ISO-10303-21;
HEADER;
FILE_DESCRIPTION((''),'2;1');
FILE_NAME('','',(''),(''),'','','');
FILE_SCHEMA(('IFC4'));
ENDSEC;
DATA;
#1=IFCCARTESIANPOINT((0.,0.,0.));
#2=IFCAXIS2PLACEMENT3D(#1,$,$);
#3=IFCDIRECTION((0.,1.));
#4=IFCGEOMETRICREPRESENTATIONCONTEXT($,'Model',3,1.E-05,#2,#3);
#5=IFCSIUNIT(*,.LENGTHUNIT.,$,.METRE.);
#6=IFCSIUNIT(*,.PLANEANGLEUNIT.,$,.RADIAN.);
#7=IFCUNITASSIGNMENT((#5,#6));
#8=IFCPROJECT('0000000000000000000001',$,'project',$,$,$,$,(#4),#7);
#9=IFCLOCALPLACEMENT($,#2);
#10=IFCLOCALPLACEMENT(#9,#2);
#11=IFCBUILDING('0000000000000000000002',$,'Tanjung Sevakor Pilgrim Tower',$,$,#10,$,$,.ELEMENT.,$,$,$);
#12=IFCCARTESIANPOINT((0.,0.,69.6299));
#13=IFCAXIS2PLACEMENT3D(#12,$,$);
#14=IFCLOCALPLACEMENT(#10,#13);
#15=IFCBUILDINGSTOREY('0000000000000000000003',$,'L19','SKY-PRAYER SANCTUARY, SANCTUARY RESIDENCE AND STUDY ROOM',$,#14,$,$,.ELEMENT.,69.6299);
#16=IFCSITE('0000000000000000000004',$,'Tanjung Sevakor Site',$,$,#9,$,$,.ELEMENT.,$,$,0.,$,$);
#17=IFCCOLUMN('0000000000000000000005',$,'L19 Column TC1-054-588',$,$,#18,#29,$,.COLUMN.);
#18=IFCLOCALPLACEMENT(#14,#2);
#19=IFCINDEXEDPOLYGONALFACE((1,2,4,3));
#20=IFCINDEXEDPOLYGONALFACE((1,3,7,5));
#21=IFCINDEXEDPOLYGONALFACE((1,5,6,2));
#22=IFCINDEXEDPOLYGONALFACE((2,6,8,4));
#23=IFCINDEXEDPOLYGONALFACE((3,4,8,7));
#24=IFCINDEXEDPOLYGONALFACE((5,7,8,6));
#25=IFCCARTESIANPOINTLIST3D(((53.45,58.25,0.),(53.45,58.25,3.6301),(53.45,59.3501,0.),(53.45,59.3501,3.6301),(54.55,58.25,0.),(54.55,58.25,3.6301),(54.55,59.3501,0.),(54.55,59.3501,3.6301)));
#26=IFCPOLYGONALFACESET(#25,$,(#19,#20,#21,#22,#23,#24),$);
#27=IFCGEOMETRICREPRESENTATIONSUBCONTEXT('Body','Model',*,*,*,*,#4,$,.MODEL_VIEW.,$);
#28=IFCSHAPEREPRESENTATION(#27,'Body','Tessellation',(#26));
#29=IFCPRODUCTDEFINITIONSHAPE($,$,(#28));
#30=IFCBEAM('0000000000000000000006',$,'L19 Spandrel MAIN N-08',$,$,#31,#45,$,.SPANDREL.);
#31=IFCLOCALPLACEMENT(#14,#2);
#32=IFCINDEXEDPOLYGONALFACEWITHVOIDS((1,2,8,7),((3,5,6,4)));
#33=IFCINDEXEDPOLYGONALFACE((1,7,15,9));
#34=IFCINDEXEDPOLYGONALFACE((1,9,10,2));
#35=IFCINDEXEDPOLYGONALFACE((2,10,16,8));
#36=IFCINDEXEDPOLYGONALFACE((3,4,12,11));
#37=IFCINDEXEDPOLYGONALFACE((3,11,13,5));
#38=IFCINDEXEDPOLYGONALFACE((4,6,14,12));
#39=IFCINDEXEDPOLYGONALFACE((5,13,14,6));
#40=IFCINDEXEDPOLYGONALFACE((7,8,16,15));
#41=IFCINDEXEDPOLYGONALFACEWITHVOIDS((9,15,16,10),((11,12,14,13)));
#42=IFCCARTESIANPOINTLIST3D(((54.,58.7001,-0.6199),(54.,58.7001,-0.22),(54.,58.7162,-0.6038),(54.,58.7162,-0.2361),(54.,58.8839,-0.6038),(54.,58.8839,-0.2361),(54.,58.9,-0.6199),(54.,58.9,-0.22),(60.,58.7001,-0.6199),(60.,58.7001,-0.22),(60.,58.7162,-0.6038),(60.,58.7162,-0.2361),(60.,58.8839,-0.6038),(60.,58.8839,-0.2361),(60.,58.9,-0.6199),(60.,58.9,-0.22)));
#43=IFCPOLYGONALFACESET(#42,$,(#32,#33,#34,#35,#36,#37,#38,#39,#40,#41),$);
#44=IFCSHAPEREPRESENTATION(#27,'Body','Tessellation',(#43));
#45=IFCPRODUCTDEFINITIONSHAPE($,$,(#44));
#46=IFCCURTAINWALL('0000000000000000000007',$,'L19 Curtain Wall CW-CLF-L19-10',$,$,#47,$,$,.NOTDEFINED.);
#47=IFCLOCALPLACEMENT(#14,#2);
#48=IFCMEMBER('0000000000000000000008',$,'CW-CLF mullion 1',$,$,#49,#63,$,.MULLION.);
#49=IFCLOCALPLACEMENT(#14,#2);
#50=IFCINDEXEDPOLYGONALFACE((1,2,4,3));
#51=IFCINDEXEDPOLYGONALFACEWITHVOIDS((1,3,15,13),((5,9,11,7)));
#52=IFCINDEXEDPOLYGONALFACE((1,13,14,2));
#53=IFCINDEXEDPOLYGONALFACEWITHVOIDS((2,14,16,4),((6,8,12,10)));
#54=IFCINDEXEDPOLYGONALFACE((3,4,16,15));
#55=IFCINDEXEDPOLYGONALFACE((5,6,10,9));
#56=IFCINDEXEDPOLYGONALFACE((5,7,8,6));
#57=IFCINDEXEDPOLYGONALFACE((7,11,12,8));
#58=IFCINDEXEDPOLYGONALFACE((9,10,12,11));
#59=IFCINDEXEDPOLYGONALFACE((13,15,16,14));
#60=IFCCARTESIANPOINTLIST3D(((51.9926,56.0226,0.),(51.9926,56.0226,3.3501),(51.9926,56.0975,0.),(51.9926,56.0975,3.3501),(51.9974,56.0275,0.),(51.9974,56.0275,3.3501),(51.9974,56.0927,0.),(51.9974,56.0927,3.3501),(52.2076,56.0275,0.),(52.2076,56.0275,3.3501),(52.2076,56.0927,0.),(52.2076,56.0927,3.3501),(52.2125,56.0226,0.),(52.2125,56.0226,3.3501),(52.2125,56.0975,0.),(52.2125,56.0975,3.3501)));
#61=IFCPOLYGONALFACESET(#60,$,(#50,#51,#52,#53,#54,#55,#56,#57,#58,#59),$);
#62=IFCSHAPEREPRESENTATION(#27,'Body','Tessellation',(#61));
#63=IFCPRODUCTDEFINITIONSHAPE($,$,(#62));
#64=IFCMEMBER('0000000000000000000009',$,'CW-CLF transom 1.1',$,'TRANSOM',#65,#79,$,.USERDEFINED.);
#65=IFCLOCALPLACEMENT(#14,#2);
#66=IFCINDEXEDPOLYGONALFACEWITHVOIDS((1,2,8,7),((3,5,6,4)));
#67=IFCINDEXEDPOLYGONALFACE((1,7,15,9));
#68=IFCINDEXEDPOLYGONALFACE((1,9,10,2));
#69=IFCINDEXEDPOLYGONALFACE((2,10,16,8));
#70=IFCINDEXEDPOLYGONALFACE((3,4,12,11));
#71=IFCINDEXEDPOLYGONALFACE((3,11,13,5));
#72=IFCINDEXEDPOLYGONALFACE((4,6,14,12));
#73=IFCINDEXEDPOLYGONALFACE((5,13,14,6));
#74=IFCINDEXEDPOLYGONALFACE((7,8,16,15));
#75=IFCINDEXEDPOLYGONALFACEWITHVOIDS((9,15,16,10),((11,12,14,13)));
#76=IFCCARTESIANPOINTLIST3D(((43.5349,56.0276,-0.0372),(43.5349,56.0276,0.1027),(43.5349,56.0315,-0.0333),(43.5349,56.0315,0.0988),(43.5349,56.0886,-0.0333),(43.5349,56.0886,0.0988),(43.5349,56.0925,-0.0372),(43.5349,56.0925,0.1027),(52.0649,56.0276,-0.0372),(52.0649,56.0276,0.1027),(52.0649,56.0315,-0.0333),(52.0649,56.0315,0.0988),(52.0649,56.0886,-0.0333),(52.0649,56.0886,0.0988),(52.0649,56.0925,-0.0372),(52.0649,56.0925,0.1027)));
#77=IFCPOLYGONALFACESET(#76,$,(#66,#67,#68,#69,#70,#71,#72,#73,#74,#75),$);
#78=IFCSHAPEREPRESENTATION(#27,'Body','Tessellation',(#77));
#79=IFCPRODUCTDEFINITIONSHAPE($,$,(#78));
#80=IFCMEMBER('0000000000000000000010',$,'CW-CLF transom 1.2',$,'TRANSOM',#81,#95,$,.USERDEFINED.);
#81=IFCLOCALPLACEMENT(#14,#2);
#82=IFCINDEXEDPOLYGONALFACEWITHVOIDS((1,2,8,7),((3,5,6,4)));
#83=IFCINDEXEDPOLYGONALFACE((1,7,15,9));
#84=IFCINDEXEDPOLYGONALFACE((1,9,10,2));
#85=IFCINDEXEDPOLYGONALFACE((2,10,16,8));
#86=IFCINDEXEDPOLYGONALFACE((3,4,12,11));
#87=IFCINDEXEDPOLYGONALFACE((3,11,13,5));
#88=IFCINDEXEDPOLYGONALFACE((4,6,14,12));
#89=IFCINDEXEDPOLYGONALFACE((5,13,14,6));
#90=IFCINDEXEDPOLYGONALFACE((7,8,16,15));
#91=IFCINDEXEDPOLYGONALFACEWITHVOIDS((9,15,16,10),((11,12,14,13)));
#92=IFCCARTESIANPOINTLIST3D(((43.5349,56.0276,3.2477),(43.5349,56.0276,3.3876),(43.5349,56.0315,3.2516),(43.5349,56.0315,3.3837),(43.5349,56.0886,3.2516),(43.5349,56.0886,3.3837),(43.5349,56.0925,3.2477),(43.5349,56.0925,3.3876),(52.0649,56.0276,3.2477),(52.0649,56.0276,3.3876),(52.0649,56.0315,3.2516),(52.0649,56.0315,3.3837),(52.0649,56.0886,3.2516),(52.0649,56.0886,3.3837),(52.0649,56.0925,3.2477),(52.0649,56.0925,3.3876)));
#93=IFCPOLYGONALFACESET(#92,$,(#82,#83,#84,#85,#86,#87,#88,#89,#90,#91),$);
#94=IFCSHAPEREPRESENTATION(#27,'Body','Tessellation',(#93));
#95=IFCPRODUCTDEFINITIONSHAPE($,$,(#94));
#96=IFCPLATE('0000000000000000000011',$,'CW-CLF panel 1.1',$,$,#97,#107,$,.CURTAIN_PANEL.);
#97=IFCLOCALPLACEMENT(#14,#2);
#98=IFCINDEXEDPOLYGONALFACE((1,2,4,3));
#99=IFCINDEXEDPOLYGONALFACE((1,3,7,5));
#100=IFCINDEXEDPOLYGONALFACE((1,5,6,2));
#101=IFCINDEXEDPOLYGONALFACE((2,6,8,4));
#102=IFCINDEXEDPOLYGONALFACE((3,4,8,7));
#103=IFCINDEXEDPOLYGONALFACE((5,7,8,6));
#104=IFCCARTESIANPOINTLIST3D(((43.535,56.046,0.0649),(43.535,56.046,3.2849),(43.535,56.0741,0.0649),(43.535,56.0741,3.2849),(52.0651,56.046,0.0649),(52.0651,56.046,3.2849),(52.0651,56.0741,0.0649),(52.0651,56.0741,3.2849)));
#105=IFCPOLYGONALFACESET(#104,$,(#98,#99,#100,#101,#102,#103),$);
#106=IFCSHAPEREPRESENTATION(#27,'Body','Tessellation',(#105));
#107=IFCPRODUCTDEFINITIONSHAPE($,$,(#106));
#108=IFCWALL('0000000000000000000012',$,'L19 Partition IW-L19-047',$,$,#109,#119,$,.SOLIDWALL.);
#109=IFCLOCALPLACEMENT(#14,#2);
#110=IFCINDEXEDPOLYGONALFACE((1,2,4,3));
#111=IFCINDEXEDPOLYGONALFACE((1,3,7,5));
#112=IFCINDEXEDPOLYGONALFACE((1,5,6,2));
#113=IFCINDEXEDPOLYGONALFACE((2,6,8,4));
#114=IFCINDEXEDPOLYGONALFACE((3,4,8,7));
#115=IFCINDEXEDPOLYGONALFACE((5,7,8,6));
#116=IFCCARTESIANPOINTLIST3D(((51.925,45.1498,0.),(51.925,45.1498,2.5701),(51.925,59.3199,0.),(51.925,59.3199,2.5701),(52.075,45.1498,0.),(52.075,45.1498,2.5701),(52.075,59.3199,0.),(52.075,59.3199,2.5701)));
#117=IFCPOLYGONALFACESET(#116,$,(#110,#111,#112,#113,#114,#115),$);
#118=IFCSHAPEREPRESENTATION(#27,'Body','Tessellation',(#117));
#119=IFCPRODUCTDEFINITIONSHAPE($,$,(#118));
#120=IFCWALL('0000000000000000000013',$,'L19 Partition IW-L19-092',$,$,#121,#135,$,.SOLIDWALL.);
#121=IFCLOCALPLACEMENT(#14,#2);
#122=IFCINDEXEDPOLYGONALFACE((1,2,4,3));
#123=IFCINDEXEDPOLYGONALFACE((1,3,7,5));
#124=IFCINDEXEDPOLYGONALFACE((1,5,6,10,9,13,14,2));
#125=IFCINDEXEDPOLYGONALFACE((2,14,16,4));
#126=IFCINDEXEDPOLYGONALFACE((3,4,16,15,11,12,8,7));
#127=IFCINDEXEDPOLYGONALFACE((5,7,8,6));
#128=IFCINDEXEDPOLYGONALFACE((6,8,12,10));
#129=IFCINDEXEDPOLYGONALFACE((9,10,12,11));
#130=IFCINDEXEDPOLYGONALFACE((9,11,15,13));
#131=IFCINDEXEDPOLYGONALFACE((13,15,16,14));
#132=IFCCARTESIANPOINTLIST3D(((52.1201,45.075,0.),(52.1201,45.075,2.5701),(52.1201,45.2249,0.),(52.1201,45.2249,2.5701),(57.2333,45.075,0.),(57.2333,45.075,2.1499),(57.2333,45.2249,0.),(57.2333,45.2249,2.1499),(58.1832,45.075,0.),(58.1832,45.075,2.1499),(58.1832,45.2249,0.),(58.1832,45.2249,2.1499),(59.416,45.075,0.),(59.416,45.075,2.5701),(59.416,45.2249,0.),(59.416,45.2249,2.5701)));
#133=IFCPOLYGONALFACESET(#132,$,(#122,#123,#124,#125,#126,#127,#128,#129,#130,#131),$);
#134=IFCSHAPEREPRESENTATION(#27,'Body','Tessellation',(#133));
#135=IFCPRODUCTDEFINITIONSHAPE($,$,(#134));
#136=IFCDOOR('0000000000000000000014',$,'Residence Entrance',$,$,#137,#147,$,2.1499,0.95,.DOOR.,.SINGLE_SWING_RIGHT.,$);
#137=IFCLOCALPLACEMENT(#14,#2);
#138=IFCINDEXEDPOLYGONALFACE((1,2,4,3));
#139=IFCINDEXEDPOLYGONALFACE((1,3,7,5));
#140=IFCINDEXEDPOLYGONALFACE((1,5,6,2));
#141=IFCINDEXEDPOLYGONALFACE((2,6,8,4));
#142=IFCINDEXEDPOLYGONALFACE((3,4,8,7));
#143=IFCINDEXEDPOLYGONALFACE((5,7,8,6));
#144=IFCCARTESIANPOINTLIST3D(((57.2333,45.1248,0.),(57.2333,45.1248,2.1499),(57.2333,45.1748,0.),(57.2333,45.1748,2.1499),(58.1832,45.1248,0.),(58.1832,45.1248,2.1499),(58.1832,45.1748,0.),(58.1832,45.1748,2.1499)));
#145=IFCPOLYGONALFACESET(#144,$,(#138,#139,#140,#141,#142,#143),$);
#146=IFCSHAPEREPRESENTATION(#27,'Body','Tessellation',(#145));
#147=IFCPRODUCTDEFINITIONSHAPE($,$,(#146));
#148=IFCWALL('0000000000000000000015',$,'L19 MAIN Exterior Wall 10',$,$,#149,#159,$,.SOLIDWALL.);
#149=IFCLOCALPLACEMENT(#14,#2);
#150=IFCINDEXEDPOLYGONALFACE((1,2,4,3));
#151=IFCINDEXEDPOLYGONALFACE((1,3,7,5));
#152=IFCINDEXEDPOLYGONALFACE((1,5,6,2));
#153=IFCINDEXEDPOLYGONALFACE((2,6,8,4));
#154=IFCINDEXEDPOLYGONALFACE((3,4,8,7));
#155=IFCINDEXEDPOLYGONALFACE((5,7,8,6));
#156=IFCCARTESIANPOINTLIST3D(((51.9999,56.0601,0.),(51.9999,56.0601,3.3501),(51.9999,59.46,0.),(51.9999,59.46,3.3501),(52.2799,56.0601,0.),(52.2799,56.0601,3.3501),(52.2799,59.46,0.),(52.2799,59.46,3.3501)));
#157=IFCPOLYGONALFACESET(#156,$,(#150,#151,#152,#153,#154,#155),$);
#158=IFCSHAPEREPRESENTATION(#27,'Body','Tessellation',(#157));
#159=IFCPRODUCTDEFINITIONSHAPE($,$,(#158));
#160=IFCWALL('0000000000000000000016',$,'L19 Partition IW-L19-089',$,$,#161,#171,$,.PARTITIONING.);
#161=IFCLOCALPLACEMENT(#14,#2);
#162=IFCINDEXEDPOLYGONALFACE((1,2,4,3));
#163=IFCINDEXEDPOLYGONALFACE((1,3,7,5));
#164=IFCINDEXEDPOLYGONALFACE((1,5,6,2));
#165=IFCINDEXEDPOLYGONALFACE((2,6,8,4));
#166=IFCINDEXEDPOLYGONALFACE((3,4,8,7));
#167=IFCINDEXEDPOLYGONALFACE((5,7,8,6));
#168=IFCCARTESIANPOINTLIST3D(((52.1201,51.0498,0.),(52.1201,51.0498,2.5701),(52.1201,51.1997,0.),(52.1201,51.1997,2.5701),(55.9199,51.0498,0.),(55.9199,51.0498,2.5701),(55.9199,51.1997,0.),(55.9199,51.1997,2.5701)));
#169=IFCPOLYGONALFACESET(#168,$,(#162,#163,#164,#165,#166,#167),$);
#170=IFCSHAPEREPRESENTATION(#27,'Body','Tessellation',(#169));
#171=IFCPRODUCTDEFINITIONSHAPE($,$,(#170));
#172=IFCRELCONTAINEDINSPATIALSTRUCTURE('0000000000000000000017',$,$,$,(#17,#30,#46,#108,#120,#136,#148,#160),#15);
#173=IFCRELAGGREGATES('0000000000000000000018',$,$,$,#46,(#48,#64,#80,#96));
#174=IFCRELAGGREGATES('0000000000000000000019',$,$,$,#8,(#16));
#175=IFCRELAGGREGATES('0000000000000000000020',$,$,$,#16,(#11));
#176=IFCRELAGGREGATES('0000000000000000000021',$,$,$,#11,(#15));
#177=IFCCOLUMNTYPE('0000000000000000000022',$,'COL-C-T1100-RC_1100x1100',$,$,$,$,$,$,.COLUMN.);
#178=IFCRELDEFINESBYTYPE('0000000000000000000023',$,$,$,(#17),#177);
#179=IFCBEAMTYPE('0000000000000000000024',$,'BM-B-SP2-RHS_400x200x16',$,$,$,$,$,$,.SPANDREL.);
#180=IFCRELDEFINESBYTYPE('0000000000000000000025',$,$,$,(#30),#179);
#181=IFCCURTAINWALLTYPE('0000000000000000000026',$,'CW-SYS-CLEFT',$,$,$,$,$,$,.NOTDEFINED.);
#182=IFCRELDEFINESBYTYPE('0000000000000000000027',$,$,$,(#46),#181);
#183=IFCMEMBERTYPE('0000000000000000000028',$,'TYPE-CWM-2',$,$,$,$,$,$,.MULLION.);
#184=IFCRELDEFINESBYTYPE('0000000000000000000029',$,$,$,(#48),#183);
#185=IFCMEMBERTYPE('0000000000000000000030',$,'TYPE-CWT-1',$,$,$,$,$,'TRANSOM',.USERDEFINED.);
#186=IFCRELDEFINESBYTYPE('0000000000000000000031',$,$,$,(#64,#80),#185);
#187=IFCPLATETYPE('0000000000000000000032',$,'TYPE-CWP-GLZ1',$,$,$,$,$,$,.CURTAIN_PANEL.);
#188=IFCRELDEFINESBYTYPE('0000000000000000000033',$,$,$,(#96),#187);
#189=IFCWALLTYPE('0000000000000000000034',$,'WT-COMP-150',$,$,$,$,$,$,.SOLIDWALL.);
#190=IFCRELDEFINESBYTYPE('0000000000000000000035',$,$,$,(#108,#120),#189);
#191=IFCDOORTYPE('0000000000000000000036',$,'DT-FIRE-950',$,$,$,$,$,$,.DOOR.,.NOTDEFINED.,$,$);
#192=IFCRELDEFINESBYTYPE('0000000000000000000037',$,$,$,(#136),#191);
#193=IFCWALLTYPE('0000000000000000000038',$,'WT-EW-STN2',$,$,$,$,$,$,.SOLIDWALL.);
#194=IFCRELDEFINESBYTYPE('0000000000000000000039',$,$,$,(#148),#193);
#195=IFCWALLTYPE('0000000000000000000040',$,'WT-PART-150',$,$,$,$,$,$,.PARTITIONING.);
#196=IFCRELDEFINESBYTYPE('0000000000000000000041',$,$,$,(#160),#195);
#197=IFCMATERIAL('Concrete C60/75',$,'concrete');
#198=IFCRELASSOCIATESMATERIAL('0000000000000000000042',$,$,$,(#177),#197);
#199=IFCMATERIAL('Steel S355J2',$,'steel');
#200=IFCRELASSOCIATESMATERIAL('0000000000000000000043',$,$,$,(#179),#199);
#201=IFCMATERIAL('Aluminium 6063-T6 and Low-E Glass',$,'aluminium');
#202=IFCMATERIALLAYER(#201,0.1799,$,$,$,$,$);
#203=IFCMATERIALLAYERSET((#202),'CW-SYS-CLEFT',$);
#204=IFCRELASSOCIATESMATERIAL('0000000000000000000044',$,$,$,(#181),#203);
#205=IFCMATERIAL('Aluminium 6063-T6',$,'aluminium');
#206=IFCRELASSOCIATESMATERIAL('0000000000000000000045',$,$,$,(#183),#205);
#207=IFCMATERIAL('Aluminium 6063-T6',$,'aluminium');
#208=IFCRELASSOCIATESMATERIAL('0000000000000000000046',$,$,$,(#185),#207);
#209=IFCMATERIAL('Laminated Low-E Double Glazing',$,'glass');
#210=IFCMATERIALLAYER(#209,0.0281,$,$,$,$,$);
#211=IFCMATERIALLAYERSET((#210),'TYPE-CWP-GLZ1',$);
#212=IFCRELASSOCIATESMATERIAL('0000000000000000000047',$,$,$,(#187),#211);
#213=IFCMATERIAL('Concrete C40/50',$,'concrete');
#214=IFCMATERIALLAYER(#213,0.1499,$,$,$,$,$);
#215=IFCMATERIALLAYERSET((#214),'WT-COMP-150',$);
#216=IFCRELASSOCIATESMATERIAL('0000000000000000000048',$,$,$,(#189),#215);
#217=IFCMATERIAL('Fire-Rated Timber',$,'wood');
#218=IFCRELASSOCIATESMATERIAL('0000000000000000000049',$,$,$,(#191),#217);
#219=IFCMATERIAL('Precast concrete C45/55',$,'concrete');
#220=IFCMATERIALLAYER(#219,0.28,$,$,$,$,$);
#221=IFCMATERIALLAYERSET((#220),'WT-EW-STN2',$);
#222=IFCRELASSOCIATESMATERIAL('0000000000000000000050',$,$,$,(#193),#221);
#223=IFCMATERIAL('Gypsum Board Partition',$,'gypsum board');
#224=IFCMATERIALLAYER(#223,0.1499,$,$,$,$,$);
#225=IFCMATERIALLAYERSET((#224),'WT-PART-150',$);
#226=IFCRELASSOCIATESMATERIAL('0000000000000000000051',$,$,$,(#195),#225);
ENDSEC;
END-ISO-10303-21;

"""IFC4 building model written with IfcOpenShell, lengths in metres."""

from ifc_helpers import new_model, si_unit, direction, frame, frame_2d, origin, origin_2d, place, context, subcontext, project, spatial, rectangle, hollow_rectangle, extrude, material, layer, layer_set, material_profile, profile_set, type_object, element, fill, aggregate, save


model = new_model("IFC4")

# Units and contexts
model_context = context("Model", 3, precision=1e-05, world=origin(), true_north=direction((0.0, 1.0)))
body_context = subcontext(model_context, "Body", "Model", "MODEL_VIEW")
ifc_project = project(units=[si_unit("LENGTHUNIT", "METRE"), si_unit("PLANEANGLEUNIT", "RADIAN")], contexts=[model_context])

# Site, building, storey
site_placement = place(None, origin())
site = spatial("IfcSite", under=ifc_project, at=site_placement, Name="Tanjung Sevakor Site", CompositionType="ELEMENT", RefElevation=0.0)
building_placement = place(site_placement, origin())
building = spatial("IfcBuilding", under=site, at=building_placement, Name="Tanjung Sevakor Pilgrim Tower", CompositionType="ELEMENT")
storey_placement = place(building_placement, frame((0.0, 0.0, 69.6299)))
storey = spatial("IfcBuildingStorey", under=building, at=storey_placement, Name="L19", Description="SKY-PRAYER SANCTUARY, SANCTUARY RESIDENCE AND STUDY ROOM", CompositionType="ELEMENT", Elevation=69.6299)

# Column
ifc_material_1 = material(Name="Concrete C60/75", Category="concrete")
ifc_material_profile_1 = material_profile(ifc_material_1, rectangle(XDim=1.1001, YDim=1.1001, at=origin_2d()))
ifc_profile_set_1 = profile_set([ifc_material_profile_1], Name="Concrete C60/75")
column_type = type_object("IfcColumnType", Name="COL-C-T1100-RC_1100x1100", PredefinedType="COLUMN", material=ifc_profile_set_1)
column_placement = place(storey_placement, frame((54.0, 58.8, 0.0), z_axis=(0.0, 0.0, 1.0), x_axis=(1.0, 0.0, 0.0)))
element("IfcColumn", 1, at=column_placement, inside=storey, type_object=column_type, Name="L19 Column TC1-054-588", PredefinedType="COLUMN", context=body_context, shape_type="SweptSolid", body=[
    extrude(rectangle(XDim=1.1001, YDim=1.1001, at=origin_2d()), origin(), (0.0, 0.0, 1.0), 3.6301),
])

# Beam
ifc_material_2 = material(Name="Steel S355J2", Category="steel")
ifc_material_profile_2 = material_profile(ifc_material_2, hollow_rectangle(XDim=0.2, YDim=0.3999, WallThickness=0.0161, at=origin_2d()))
ifc_profile_set_2 = profile_set([ifc_material_profile_2], Name="Steel S355J2")
beam_type = type_object("IfcBeamType", Name="BM-B-SP2-RHS_400x200x16", PredefinedType="SPANDREL", material=ifc_profile_set_2)
beam_placement = place(storey_placement, frame((54.0, 58.8, -0.4199), z_axis=(1.0, 0.0, 0.0), x_axis=(0.0, 1.0, 0.0)))
element("IfcBeam", 2, at=beam_placement, inside=storey, type_object=beam_type, Name="L19 Spandrel MAIN N-08", PredefinedType="SPANDREL", context=body_context, shape_type="SweptSolid", body=[
    extrude(hollow_rectangle(XDim=0.2, YDim=0.3999, WallThickness=0.0161, at=origin_2d()), origin(), (0.0, 0.0, 1.0), 6.0),
])

# Curtain wall, members, plate
ifc_material_3 = material(Name="Aluminium 6063-T6 and Low-E Glass", Category="aluminium")
ifc_layer_1 = layer(ifc_material_3, 0.1799)
ifc_layer_set_1 = layer_set([ifc_layer_1], Name="CW-SYS-CLEFT")
curtain_wall_type = type_object("IfcCurtainWallType", Name="CW-SYS-CLEFT", PredefinedType="NOTDEFINED", material=ifc_layer_set_1)
curtain_wall_placement = place(storey_placement, origin())
curtain_wall = element("IfcCurtainWall", 3, at=curtain_wall_placement, inside=storey, type_object=curtain_wall_type, Name="L19 Curtain Wall CW-CLF-L19-10", PredefinedType="NOTDEFINED")
ifc_material_4 = material(Name="Aluminium 6063-T6", Category="aluminium")
ifc_material_profile_3 = material_profile(ifc_material_4, hollow_rectangle(XDim=0.075, YDim=0.22, WallThickness=0.0049, at=origin_2d()))
ifc_profile_set_3 = profile_set([ifc_material_profile_3], Name="Aluminium 6063-T6")
member_type_1 = type_object("IfcMemberType", Name="TYPE-CWM-2", PredefinedType="MULLION", material=ifc_profile_set_3)
member_1_placement = place(storey_placement, frame((52.1025, 56.0601, 0.0), z_axis=(0.0, 0.0, 1.0), x_axis=(0.0, -1.0, 0.0)))
member_1 = element("IfcMember", 4, at=member_1_placement, type_object=member_type_1, Name="CW-CLF mullion 1", PredefinedType="MULLION", context=body_context, shape_type="SweptSolid", body=[
    extrude(hollow_rectangle(XDim=0.075, YDim=0.22, WallThickness=0.0049, at=origin_2d()), origin(), (0.0, 0.0, 1.0), 3.3501),
])
ifc_material_5 = material(Name="Aluminium 6063-T6", Category="aluminium")
ifc_material_profile_4 = material_profile(ifc_material_5, hollow_rectangle(XDim=0.0649, YDim=0.1399, WallThickness=0.0039, at=origin_2d()))
ifc_profile_set_4 = profile_set([ifc_material_profile_4], Name="Aluminium 6063-T6")
member_type_2 = type_object("IfcMemberType", Name="TYPE-CWT-1", ElementType="TRANSOM", PredefinedType="USERDEFINED", material=ifc_profile_set_4)
member_2_placement = place(storey_placement, frame((52.0649, 56.0601, 0.0327), z_axis=(-1.0, 0.0, 0.0), x_axis=(0.0, -1.0, 0.0)))
member_2 = element("IfcMember", 5, at=member_2_placement, type_object=member_type_2, Name="CW-CLF transom 1.1", ObjectType="TRANSOM", PredefinedType="USERDEFINED", context=body_context, shape_type="SweptSolid", body=[
    extrude(hollow_rectangle(XDim=0.0649, YDim=0.1399, WallThickness=0.0039, at=origin_2d()), origin(), (0.0, 0.0, 1.0), 8.53),
])
member_3_placement = place(storey_placement, frame((52.0649, 56.0601, 3.3176), z_axis=(-1.0, 0.0, 0.0), x_axis=(0.0, -1.0, 0.0)))
member_3 = element("IfcMember", 6, at=member_3_placement, type_object=member_type_2, Name="CW-CLF transom 1.2", ObjectType="TRANSOM", PredefinedType="USERDEFINED", context=body_context, shape_type="SweptSolid", body=[
    extrude(hollow_rectangle(XDim=0.0649, YDim=0.1399, WallThickness=0.0039, at=origin_2d()), origin(), (0.0, 0.0, 1.0), 8.53),
])
ifc_material_6 = material(Name="Laminated Low-E Double Glazing", Category="glass")
ifc_layer_2 = layer(ifc_material_6, 0.0281)
ifc_layer_set_2 = layer_set([ifc_layer_2], Name="TYPE-CWP-GLZ1")
plate_type = type_object("IfcPlateType", Name="TYPE-CWP-GLZ1", PredefinedType="CURTAIN_PANEL", material=ifc_layer_set_2)
plate_placement = place(storey_placement, frame((47.8, 56.0601, 0.0649), z_axis=(0.0, 0.0, 1.0), x_axis=(-1.0, 0.0, 0.0)))
plate = element("IfcPlate", 7, at=plate_placement, type_object=plate_type, Name="CW-CLF panel 1.1", PredefinedType="CURTAIN_PANEL", context=body_context, shape_type="SweptSolid", body=[
    extrude(rectangle(XDim=8.53, YDim=0.0281, at=origin_2d()), origin(), (0.0, 0.0, 1.0), 3.22),
])
aggregate(curtain_wall, [member_1, member_2, member_3, plate])

# Wall
ifc_material_7 = material(Name="Concrete C40/50", Category="concrete")
ifc_layer_3 = layer(ifc_material_7, 0.1499)
ifc_layer_set_3 = layer_set([ifc_layer_3], Name="WT-COMP-150")
wall_type_1 = type_object("IfcWallType", Name="WT-COMP-150", PredefinedType="SOLIDWALL", material=ifc_layer_set_3)
wall_1_placement = place(storey_placement, frame((52.0, 45.1499, 0.0), z_axis=(0.0, 0.0, 1.0), x_axis=(0.0, 1.0, 0.0)))
element("IfcWall", 8, at=wall_1_placement, inside=storey, type_object=wall_type_1, Name="L19 Partition IW-L19-047", PredefinedType="SOLIDWALL", context=body_context, shape_type="SweptSolid", body=[
    extrude(rectangle(XDim=14.1702, YDim=0.1499, at=frame_2d((7.085, 0.0))), origin(), (0.0, 0.0, 1.0), 2.5701),
])

# Wall, opening, door
wall_2_placement = place(storey_placement, frame((52.1201, 45.1499, 0.0), z_axis=(0.0, 0.0, 1.0), x_axis=(1.0, 0.0, 0.0)))
wall_2 = element("IfcWall", 9, at=wall_2_placement, inside=storey, type_object=wall_type_1, Name="L19 Partition IW-L19-092", PredefinedType="SOLIDWALL", context=body_context, shape_type="SweptSolid", body=[
    extrude(rectangle(XDim=7.2959, YDim=0.1499, at=frame_2d((3.6479, 0.0))), origin(), (0.0, 0.0, 1.0), 2.5701),
])
opening_1_placement = place(wall_2_placement, frame((5.113, 0.0, 0.0)))
opening_1 = element("IfcOpeningElement", 10, at=opening_1_placement, cuts=wall_2, PredefinedType="OPENING", context=body_context, shape_type="SweptSolid", body=[
    extrude(rectangle(XDim=0.95, YDim=2.1499, at=frame_2d((0.4751, 1.075))), frame((0.0, 0.085, 0.0), z_axis=(0.0, -1.0, 0.0), x_axis=(1.0, 0.0, 0.0)), (0.0, 0.0, 1.0), 0.1699),
])
ifc_material_8 = material(Name="Fire-Rated Timber", Category="wood")
door_type_1 = type_object("IfcDoorType", Name="DT-FIRE-950", OperationType="NOTDEFINED", PredefinedType="DOOR", material=ifc_material_8)
door_1_placement = place(opening_1_placement, origin())
door_1 = element("IfcDoor", 11, at=door_1_placement, inside=storey, type_object=door_type_1, Name="Residence Entrance", OperationType="SINGLE_SWING_RIGHT", OverallHeight=2.1499, OverallWidth=0.95, PredefinedType="DOOR", context=body_context, shape_type="SweptSolid", body=[
    extrude(rectangle(XDim=0.95, YDim=2.1499, at=frame_2d((0.4751, 1.075))), frame((0.0, 0.0249, 0.0), z_axis=(0.0, -1.0, 0.0), x_axis=(1.0, 0.0, 0.0)), (0.0, 0.0, 1.0), 0.05),
])
fill(opening_1, door_1)

# Walls
ifc_material_9 = material(Name="Precast concrete C45/55", Category="concrete")
ifc_layer_4 = layer(ifc_material_9, 0.28)
ifc_layer_set_4 = layer_set([ifc_layer_4], Name="WT-EW-STN2")
wall_type_2 = type_object("IfcWallType", Name="WT-EW-STN2", PredefinedType="SOLIDWALL", material=ifc_layer_set_4)
wall_3_placement = place(storey_placement, frame((52.1399, 59.46, 0.0), z_axis=(0.0, 0.0, 1.0), x_axis=(0.0, -1.0, 0.0)))
element("IfcWall", 12, at=wall_3_placement, inside=storey, type_object=wall_type_2, Name="L19 MAIN Exterior Wall 10", PredefinedType="SOLIDWALL", context=body_context, shape_type="SweptSolid", body=[
    extrude(rectangle(XDim=3.3999, YDim=0.28, at=frame_2d((1.7, 0.0))), origin(), (0.0, 0.0, 1.0), 3.3501),
])
ifc_material_10 = material(Name="Gypsum Board Partition", Category="gypsum board")
ifc_layer_5 = layer(ifc_material_10, 0.1499)
ifc_layer_set_5 = layer_set([ifc_layer_5], Name="WT-PART-150")
wall_type_3 = type_object("IfcWallType", Name="WT-PART-150", PredefinedType="PARTITIONING", material=ifc_layer_set_5)
wall_4_placement = place(storey_placement, frame((52.1201, 51.1248, 0.0), z_axis=(0.0, 0.0, 1.0), x_axis=(1.0, 0.0, 0.0)))
element("IfcWall", 13, at=wall_4_placement, inside=storey, type_object=wall_type_3, Name="L19 Partition IW-L19-089", PredefinedType="PARTITIONING", context=body_context, shape_type="SweptSolid", body=[
    extrude(rectangle(XDim=3.7998, YDim=0.1499, at=frame_2d((1.8999, 0.0))), origin(), (0.0, 0.0, 1.0), 2.5701),
])

save(model, "model.ifc")
